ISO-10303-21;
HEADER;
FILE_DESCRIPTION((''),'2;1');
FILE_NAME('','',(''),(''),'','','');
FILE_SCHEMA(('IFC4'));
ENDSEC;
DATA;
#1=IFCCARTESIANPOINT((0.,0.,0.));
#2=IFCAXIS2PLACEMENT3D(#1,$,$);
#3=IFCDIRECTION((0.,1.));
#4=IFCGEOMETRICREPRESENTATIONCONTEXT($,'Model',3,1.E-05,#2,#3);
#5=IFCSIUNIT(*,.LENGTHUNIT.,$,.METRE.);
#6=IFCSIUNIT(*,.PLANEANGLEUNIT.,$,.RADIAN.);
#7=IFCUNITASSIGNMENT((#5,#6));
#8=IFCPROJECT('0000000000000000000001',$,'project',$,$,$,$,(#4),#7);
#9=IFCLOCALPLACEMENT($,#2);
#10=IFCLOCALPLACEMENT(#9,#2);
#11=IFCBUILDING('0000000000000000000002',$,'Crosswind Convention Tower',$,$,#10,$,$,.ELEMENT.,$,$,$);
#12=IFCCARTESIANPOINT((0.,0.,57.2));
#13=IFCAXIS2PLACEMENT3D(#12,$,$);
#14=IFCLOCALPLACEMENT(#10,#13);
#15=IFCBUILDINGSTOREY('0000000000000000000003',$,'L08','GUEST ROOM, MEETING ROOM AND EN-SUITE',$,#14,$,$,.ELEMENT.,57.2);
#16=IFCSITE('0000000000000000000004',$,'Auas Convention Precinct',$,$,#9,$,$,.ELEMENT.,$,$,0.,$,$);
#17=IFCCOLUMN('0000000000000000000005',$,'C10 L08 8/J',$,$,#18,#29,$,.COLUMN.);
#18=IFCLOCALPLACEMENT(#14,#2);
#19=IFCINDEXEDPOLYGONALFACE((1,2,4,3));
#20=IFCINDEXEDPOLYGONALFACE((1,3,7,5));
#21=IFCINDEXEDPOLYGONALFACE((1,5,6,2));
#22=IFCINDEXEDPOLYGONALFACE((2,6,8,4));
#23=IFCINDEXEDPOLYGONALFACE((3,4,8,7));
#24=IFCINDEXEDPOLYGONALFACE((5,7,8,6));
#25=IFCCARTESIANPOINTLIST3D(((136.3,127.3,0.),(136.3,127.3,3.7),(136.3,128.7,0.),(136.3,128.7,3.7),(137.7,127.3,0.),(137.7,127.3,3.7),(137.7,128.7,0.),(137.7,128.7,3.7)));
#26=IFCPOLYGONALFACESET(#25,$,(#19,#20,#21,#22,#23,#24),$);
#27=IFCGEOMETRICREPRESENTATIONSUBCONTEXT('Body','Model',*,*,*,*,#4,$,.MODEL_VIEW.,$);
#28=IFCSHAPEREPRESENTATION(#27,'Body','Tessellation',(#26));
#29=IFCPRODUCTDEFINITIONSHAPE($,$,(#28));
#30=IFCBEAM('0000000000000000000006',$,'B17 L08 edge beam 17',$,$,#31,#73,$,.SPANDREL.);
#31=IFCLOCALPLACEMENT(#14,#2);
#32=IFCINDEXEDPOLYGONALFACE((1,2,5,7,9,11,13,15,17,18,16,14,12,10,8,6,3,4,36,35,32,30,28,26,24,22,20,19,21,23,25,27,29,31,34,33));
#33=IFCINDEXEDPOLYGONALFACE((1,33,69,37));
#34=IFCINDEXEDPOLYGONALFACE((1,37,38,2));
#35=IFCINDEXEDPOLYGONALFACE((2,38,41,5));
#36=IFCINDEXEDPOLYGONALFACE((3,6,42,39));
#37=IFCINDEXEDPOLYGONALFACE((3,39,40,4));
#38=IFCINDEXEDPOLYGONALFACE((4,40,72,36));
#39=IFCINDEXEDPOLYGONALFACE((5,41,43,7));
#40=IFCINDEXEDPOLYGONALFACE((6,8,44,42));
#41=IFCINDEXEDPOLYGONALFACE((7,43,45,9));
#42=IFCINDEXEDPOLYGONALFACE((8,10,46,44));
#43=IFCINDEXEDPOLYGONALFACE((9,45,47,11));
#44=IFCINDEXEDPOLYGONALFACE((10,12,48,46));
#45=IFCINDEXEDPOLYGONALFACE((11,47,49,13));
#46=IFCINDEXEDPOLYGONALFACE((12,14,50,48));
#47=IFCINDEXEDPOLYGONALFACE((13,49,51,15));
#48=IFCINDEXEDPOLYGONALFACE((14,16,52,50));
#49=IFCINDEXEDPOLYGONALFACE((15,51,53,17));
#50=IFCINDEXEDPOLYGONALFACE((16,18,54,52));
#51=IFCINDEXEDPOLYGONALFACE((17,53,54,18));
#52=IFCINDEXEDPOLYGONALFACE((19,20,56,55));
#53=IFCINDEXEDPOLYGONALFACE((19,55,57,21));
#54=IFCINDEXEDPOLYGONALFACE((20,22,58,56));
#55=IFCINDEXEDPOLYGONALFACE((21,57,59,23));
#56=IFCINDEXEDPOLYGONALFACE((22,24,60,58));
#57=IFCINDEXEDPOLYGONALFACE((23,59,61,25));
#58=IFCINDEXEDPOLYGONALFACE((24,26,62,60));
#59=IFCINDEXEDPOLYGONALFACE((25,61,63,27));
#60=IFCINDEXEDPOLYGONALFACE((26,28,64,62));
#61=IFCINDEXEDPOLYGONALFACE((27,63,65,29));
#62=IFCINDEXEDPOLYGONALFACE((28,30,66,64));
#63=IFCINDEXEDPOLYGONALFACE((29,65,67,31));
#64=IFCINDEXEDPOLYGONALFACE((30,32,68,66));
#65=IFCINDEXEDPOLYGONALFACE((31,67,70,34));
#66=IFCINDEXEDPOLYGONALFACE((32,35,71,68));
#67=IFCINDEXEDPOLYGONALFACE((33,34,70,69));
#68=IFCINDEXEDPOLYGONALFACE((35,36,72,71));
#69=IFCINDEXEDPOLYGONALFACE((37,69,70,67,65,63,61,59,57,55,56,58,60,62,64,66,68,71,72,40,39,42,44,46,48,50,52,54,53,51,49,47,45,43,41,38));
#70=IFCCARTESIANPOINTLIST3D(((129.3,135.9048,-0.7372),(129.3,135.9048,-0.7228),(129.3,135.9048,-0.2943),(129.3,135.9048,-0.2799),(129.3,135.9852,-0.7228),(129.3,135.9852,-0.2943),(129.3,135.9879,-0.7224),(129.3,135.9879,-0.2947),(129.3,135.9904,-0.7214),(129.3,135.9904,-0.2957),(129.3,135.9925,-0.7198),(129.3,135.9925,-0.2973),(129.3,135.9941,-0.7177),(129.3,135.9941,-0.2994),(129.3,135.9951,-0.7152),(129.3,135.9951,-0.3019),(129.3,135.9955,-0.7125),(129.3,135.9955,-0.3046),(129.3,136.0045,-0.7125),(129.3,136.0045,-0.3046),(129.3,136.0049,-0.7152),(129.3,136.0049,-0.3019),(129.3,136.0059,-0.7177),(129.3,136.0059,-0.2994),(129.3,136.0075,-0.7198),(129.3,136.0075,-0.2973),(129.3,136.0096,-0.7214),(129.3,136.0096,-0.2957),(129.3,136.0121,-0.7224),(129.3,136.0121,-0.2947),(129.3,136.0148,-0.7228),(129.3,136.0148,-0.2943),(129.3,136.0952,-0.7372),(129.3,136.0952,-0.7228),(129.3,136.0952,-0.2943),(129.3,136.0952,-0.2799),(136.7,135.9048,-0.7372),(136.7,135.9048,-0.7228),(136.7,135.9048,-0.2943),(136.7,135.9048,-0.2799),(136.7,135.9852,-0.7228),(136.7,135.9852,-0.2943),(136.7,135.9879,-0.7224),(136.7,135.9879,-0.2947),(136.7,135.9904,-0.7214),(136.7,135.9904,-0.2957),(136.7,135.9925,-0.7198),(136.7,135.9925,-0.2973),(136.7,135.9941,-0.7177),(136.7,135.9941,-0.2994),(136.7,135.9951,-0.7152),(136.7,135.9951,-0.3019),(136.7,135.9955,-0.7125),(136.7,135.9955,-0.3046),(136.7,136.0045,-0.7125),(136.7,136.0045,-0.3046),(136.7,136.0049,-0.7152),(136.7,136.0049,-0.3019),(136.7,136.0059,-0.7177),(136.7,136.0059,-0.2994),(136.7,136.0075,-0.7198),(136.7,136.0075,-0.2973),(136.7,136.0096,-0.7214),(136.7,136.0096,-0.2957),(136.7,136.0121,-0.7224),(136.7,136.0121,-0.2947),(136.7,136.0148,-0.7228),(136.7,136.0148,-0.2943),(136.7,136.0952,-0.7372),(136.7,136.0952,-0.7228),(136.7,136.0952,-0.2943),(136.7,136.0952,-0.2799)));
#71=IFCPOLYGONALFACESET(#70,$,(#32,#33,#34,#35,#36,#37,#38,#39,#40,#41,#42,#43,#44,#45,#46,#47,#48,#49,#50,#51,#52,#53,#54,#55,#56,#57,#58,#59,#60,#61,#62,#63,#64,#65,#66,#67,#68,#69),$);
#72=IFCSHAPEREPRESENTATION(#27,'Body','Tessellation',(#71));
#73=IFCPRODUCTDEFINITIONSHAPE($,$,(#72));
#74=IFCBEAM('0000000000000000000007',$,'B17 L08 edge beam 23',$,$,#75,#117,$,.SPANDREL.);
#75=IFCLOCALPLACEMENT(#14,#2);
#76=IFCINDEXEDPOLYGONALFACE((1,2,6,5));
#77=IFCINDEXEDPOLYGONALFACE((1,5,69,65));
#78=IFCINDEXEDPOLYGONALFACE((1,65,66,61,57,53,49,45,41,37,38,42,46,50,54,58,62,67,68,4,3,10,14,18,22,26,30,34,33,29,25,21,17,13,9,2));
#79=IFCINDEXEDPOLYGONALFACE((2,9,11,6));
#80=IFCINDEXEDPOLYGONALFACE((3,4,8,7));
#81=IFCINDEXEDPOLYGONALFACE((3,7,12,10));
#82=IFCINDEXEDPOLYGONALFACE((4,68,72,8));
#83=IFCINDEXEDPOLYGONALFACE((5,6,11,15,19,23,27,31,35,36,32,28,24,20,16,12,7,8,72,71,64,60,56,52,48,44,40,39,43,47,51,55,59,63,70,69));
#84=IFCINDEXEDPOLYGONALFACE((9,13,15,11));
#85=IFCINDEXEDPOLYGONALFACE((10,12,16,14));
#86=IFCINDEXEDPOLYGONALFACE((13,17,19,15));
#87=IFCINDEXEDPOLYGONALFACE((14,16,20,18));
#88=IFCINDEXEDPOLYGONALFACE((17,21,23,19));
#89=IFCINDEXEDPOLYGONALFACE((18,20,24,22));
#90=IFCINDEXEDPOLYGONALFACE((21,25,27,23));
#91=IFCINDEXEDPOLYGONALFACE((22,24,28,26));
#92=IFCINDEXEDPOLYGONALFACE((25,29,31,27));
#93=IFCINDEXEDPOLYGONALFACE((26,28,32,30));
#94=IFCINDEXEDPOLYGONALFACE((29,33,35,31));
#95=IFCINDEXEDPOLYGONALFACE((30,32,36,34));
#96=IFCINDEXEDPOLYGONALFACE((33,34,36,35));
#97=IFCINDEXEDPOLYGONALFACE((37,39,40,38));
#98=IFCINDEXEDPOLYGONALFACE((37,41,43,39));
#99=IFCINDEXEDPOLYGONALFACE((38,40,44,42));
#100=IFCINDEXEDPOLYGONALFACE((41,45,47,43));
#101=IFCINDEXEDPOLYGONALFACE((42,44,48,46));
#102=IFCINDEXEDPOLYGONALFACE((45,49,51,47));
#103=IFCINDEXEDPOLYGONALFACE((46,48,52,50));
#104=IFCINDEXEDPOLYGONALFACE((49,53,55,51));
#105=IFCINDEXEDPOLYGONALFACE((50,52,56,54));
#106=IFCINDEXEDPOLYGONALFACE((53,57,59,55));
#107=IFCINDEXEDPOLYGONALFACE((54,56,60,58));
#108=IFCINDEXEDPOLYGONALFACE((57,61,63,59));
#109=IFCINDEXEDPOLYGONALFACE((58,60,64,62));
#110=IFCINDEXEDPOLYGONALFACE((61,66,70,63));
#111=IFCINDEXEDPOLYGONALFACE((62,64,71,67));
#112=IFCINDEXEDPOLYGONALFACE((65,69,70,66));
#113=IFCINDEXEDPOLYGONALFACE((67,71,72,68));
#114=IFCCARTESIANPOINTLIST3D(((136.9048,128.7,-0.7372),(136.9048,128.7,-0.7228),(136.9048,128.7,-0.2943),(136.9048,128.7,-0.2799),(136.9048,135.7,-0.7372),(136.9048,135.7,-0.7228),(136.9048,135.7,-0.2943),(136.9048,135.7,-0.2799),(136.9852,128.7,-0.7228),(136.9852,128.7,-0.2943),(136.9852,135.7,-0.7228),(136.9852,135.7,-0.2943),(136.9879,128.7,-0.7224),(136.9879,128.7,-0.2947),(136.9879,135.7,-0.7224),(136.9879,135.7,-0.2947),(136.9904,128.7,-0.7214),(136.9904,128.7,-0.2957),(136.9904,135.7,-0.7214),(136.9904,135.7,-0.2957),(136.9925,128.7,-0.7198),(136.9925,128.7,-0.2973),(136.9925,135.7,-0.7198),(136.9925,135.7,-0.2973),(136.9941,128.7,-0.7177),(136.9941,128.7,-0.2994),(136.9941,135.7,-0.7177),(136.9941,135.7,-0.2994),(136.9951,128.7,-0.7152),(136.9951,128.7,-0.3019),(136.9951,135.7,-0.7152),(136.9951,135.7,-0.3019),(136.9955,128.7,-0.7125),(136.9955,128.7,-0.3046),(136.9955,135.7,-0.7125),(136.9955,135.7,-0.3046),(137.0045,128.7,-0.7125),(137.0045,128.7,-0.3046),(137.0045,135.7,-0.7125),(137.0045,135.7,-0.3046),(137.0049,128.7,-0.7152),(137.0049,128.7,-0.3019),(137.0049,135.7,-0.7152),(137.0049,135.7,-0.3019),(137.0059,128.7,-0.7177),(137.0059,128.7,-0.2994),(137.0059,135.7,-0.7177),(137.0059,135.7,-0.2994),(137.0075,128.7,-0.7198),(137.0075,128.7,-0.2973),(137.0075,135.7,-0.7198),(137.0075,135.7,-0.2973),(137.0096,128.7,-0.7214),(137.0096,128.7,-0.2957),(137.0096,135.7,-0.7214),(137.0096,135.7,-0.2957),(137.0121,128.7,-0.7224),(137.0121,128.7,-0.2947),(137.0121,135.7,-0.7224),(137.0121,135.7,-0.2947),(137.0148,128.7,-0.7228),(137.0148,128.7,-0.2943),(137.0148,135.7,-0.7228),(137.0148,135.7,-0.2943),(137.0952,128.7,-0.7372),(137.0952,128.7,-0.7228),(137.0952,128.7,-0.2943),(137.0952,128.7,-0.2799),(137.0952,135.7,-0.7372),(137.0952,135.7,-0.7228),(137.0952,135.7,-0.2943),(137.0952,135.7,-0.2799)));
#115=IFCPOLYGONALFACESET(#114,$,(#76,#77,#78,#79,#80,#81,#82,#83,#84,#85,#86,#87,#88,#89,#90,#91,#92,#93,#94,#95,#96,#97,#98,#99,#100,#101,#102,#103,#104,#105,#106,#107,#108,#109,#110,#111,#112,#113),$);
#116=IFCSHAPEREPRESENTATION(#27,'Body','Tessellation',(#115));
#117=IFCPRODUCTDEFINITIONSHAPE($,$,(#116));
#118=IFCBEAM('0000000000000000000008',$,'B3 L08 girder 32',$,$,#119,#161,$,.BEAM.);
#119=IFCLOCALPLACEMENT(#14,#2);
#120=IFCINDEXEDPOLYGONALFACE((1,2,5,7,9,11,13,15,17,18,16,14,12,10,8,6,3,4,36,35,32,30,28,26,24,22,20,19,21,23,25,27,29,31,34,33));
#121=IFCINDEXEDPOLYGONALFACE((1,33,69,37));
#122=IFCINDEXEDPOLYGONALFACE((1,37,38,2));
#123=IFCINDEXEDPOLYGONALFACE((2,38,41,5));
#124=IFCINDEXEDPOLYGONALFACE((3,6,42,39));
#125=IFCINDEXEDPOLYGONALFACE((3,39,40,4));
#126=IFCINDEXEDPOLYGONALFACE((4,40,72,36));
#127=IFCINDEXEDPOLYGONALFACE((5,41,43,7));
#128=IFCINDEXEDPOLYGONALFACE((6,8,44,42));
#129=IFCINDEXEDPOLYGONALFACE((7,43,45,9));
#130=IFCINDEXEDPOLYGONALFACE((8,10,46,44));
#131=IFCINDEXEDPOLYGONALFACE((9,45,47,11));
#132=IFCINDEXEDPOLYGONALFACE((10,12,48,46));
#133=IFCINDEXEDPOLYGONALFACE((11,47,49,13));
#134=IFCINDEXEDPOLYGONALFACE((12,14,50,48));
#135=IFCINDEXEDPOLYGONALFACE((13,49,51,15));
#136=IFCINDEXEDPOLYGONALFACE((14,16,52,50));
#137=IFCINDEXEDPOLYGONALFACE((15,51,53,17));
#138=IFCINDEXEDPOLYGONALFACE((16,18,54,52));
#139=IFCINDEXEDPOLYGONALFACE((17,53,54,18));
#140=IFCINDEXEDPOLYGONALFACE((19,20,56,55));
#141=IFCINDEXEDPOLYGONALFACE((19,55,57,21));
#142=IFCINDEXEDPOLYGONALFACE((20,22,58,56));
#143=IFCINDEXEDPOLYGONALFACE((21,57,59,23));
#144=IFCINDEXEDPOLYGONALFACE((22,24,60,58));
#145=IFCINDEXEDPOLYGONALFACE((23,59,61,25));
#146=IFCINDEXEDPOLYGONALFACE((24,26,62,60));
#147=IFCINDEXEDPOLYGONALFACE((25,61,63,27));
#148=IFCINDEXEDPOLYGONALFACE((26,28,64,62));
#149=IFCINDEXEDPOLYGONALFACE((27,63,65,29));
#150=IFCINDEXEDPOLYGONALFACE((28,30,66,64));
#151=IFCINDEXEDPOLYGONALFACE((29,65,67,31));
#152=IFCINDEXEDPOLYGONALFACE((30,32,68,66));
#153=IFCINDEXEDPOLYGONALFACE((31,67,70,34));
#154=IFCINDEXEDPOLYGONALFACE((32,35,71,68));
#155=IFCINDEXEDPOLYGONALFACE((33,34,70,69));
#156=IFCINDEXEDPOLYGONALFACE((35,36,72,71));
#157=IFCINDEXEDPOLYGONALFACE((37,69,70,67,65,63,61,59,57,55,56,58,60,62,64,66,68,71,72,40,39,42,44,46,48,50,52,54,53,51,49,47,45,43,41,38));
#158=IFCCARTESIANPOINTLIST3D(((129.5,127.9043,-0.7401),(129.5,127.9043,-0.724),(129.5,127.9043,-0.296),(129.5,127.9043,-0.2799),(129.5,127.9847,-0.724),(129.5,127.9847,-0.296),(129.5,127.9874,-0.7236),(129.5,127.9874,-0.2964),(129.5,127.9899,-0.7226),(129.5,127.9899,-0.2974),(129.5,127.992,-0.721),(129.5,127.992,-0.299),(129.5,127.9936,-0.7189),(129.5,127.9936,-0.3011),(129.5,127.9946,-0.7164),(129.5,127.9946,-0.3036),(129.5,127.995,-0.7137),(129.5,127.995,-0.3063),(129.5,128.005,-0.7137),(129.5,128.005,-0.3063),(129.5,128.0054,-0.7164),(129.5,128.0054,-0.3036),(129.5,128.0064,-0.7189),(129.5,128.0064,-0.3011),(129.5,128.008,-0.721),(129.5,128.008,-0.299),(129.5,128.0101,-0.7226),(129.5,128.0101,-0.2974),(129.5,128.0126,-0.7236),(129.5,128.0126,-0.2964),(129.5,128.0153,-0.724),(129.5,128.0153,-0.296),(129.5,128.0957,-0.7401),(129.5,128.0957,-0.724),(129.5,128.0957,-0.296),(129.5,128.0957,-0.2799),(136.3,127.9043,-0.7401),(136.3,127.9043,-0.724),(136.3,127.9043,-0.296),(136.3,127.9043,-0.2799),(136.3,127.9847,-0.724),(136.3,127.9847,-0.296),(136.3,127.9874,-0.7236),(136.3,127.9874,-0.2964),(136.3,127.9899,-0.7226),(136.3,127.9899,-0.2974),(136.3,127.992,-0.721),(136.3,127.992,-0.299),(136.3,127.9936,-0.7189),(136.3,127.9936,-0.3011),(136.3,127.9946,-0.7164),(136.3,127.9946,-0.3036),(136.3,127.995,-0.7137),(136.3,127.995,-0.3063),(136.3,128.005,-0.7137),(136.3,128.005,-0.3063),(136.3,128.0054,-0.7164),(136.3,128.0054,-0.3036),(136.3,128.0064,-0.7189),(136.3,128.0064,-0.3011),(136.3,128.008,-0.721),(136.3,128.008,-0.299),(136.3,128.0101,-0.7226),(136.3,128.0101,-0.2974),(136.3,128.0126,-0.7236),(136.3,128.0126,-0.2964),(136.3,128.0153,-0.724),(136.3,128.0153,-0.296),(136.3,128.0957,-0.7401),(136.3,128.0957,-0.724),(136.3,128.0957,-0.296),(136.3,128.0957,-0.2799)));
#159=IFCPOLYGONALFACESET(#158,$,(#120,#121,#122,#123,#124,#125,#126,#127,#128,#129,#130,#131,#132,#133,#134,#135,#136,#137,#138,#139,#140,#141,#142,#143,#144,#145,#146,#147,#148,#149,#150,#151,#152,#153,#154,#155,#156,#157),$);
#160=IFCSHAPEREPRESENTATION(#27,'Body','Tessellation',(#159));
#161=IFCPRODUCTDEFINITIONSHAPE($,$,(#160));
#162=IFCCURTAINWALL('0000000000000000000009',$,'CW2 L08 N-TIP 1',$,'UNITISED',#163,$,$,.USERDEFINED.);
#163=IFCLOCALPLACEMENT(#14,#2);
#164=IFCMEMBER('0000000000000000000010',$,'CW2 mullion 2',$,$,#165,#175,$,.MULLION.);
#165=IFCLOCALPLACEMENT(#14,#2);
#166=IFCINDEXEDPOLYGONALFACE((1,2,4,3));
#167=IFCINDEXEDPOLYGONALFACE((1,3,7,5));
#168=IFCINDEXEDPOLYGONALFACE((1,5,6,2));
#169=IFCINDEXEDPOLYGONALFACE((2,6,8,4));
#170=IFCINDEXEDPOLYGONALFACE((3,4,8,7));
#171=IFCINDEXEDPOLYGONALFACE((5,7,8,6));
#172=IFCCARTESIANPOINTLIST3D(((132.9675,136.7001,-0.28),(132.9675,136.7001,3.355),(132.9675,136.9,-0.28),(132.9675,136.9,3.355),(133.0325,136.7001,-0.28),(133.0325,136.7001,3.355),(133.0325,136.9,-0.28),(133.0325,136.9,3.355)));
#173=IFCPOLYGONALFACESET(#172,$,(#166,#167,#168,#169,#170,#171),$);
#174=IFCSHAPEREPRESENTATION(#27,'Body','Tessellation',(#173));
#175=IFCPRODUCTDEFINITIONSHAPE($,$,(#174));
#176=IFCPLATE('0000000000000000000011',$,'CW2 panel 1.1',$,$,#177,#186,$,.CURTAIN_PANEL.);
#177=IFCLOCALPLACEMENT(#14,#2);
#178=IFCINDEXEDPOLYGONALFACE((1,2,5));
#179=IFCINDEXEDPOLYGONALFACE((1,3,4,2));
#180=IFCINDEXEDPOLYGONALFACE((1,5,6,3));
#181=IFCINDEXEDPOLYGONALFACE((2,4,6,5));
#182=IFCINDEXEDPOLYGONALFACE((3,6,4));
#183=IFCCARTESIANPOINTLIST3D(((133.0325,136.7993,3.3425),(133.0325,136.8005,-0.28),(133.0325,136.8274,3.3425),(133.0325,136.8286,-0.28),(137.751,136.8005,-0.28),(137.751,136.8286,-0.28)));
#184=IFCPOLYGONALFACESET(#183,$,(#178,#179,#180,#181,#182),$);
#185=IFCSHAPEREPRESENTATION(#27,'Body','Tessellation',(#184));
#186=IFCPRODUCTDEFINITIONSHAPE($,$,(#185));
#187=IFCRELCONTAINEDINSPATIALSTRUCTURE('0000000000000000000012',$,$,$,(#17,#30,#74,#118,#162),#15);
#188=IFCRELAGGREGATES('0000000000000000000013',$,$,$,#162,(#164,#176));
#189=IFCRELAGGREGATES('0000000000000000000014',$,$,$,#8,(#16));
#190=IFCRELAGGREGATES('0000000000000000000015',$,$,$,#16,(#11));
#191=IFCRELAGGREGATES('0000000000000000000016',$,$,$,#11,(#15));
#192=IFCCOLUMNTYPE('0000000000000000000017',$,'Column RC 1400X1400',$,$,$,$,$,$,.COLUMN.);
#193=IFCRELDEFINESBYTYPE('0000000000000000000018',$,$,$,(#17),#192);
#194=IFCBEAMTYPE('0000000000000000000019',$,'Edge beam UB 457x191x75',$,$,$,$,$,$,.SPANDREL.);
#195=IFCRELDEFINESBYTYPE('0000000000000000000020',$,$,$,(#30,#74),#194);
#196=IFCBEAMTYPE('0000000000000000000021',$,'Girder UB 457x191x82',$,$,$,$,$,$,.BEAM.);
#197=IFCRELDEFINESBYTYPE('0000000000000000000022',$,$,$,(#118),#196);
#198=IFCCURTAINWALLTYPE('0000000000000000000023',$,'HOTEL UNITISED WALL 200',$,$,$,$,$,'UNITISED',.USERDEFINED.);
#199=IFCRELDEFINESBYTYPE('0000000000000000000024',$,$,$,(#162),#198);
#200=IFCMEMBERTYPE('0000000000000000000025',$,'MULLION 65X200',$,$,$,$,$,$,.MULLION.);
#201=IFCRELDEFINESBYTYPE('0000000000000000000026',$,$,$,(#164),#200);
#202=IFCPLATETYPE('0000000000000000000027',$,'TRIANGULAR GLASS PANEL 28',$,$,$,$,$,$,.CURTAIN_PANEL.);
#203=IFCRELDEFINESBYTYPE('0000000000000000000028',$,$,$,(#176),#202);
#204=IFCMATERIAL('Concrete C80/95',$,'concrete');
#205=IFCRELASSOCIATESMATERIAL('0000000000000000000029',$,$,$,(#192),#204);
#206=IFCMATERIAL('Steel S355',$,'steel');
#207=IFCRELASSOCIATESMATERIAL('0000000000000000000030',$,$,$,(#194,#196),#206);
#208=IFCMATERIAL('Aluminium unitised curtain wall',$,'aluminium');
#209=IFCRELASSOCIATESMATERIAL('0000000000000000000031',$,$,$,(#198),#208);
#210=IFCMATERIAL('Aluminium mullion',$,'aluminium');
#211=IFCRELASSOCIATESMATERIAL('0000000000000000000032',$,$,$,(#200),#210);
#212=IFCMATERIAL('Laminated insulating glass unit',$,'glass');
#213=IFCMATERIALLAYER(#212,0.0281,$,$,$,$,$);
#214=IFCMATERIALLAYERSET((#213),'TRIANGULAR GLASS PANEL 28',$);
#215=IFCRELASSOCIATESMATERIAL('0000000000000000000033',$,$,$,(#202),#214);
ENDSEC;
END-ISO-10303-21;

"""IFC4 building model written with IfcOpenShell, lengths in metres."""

from ifc_helpers import new_model, si_unit, direction, frame, origin, origin_2d, place, context, subcontext, project, spatial, polyline, rectangle, i_section, outline, extrude, material, layer, layer_set, material_profile, profile_set, type_object, element, aggregate, save


model = new_model("IFC4")

# Units and contexts
model_context = context("Model", 3, precision=1e-05, world=origin(), true_north=direction((0.0, 1.0)))
body_context = subcontext(model_context, "Body", "Model", "MODEL_VIEW")
ifc_project = project(units=[si_unit("LENGTHUNIT", "METRE"), si_unit("PLANEANGLEUNIT", "RADIAN")], contexts=[model_context])

# Site, building, storey
site_placement = place(None, origin())
site = spatial("IfcSite", under=ifc_project, at=site_placement, Name="Auas Convention Precinct", CompositionType="ELEMENT", RefElevation=0.0)
building_placement = place(site_placement, origin())
building = spatial("IfcBuilding", under=site, at=building_placement, Name="Crosswind Convention Tower", CompositionType="ELEMENT")
storey_placement = place(building_placement, frame((0.0, 0.0, 57.2)))
storey = spatial("IfcBuildingStorey", under=building, at=storey_placement, Name="L08", Description="GUEST ROOM, MEETING ROOM AND EN-SUITE", CompositionType="ELEMENT", Elevation=57.2)

# Column
ifc_material_1 = material(Name="Concrete C80/95", Category="concrete")
ifc_material_profile_1 = material_profile(ifc_material_1, rectangle(XDim=1.3999, YDim=1.3999, at=origin_2d()), Name="RC 1400X1400")
ifc_profile_set_1 = profile_set([ifc_material_profile_1], Name="Concrete C80/95")
column_type = type_object("IfcColumnType", Name="Column RC 1400X1400", PredefinedType="COLUMN", material=ifc_profile_set_1)
column_placement = place(storey_placement, frame((137.0, 128.0, 0.0), z_axis=(0.0, 0.0, 1.0), x_axis=(1.0, 0.0, 0.0)))
element("IfcColumn", 1, at=column_placement, inside=storey, type_object=column_type, Name="C10 L08 8/J", PredefinedType="COLUMN", context=body_context, shape_type="SweptSolid", body=[
    extrude(rectangle(XDim=1.3999, YDim=1.3999, at=origin_2d()), origin(), (0.0, 0.0, 1.0), 3.7),
])

# Beams
ifc_material_2 = material(Name="Steel S355", Category="steel")
ifc_material_profile_2 = material_profile(ifc_material_2, i_section(OverallWidth=0.1904, OverallDepth=0.4573, WebThickness=0.009, FlangeThickness=0.0144, FilletRadius=0.0103, at=origin_2d()), Name="UB 457x191x75")
ifc_profile_set_2 = profile_set([ifc_material_profile_2], Name="Steel S355")
beam_type_1 = type_object("IfcBeamType", Name="Edge beam UB 457x191x75", PredefinedType="SPANDREL", material=ifc_profile_set_2)
beam_1_placement = place(storey_placement, frame((129.3, 136.0, -0.5085), z_axis=(1.0, 0.0, 0.0), x_axis=(0.0, 1.0, 0.0)))
element("IfcBeam", 2, at=beam_1_placement, inside=storey, type_object=beam_type_1, Name="B17 L08 edge beam 17", PredefinedType="SPANDREL", context=body_context, shape_type="SweptSolid", body=[
    extrude(i_section(OverallWidth=0.1904, OverallDepth=0.4573, WebThickness=0.009, FlangeThickness=0.0144, FilletRadius=0.0103, at=origin_2d()), origin(), (0.0, 0.0, 1.0), 7.3999),
])
beam_2_placement = place(storey_placement, frame((137.0, 128.7, -0.5085), z_axis=(0.0, 1.0, 0.0), x_axis=(-1.0, 0.0, 0.0)))
element("IfcBeam", 3, at=beam_2_placement, inside=storey, type_object=beam_type_1, Name="B17 L08 edge beam 23", PredefinedType="SPANDREL", context=body_context, shape_type="SweptSolid", body=[
    extrude(i_section(OverallWidth=0.1904, OverallDepth=0.4573, WebThickness=0.009, FlangeThickness=0.0144, FilletRadius=0.0103, at=origin_2d()), origin(), (0.0, 0.0, 1.0), 7.0),
])
ifc_material_profile_3 = material_profile(ifc_material_2, i_section(OverallWidth=0.1914, OverallDepth=0.4602, WebThickness=0.01, FlangeThickness=0.0161, FilletRadius=0.0103, at=origin_2d()), Name="UB 457x191x82")
ifc_profile_set_3 = profile_set([ifc_material_profile_3], Name="Steel S355")
beam_type_2 = type_object("IfcBeamType", Name="Girder UB 457x191x82", PredefinedType="BEAM", material=ifc_profile_set_3)
beam_3_placement = place(storey_placement, frame((129.5, 128.0, -0.51), z_axis=(1.0, 0.0, 0.0), x_axis=(0.0, 1.0, 0.0)))
element("IfcBeam", 4, at=beam_3_placement, inside=storey, type_object=beam_type_2, Name="B3 L08 girder 32", PredefinedType="BEAM", context=body_context, shape_type="SweptSolid", body=[
    extrude(i_section(OverallWidth=0.1914, OverallDepth=0.4602, WebThickness=0.01, FlangeThickness=0.0161, FilletRadius=0.0103, at=origin_2d()), origin(), (0.0, 0.0, 1.0), 6.8),
])

# Curtain wall, member, plate
ifc_material_3 = material(Name="Aluminium unitised curtain wall", Category="aluminium")
curtain_wall_type = type_object("IfcCurtainWallType", Name="HOTEL UNITISED WALL 200", ElementType="UNITISED", PredefinedType="USERDEFINED", material=ifc_material_3)
curtain_wall_placement = place(storey_placement, origin())
curtain_wall = element("IfcCurtainWall", 5, at=curtain_wall_placement, inside=storey, type_object=curtain_wall_type, Name="CW2 L08 N-TIP 1", ObjectType="UNITISED", PredefinedType="USERDEFINED")
ifc_material_4 = material(Name="Aluminium mullion", Category="aluminium")
ifc_material_profile_4 = material_profile(ifc_material_4, rectangle(XDim=0.2, YDim=0.0649, at=origin_2d()), Name="AL 200X65")
ifc_profile_set_4 = profile_set([ifc_material_profile_4], Name="Aluminium mullion")
member_type = type_object("IfcMemberType", Name="MULLION 65X200", PredefinedType="MULLION", material=ifc_profile_set_4)
member_placement = place(storey_placement, frame((133.0, 136.8, -0.28), z_axis=(0.0, 0.0, 1.0), x_axis=(0.0, 1.0, 0.0)))
member = element("IfcMember", 6, at=member_placement, type_object=member_type, Name="CW2 mullion 2", PredefinedType="MULLION", context=body_context, shape_type="SweptSolid", body=[
    extrude(rectangle(XDim=0.2, YDim=0.0649, at=origin_2d()), origin(), (0.0, 0.0, 1.0), 3.635),
])
ifc_material_5 = material(Name="Laminated insulating glass unit", Category="glass")
ifc_layer_1 = layer(ifc_material_5, 0.0281)
ifc_layer_set_1 = layer_set([ifc_layer_1], Name="TRIANGULAR GLASS PANEL 28")
plate_type = type_object("IfcPlateType", Name="TRIANGULAR GLASS PANEL 28", PredefinedType="CURTAIN_PANEL", material=ifc_layer_set_1)
plate_1_placement = place(storey_placement, frame((133.0325, 136.8286, -0.28), z_axis=(0.0, 1.0, 0.000337), x_axis=(0.0, -0.000337, 1.0)))
plate_1 = element("IfcPlate", 7, at=plate_1_placement, type_object=plate_type, Name="CW2 panel 1.1", PredefinedType="CURTAIN_PANEL", context=body_context, shape_type="SweptSolid", body=[
    extrude(outline(polyline([(0.0, 0.0), (3.6226, 0.0), (0.0, 4.7185), (0.0, 0.0)])), origin(), (0.0, 0.0, -1.0), 0.0281),
])
aggregate(curtain_wall, [member, plate_1])

save(model, "model.ifc")
